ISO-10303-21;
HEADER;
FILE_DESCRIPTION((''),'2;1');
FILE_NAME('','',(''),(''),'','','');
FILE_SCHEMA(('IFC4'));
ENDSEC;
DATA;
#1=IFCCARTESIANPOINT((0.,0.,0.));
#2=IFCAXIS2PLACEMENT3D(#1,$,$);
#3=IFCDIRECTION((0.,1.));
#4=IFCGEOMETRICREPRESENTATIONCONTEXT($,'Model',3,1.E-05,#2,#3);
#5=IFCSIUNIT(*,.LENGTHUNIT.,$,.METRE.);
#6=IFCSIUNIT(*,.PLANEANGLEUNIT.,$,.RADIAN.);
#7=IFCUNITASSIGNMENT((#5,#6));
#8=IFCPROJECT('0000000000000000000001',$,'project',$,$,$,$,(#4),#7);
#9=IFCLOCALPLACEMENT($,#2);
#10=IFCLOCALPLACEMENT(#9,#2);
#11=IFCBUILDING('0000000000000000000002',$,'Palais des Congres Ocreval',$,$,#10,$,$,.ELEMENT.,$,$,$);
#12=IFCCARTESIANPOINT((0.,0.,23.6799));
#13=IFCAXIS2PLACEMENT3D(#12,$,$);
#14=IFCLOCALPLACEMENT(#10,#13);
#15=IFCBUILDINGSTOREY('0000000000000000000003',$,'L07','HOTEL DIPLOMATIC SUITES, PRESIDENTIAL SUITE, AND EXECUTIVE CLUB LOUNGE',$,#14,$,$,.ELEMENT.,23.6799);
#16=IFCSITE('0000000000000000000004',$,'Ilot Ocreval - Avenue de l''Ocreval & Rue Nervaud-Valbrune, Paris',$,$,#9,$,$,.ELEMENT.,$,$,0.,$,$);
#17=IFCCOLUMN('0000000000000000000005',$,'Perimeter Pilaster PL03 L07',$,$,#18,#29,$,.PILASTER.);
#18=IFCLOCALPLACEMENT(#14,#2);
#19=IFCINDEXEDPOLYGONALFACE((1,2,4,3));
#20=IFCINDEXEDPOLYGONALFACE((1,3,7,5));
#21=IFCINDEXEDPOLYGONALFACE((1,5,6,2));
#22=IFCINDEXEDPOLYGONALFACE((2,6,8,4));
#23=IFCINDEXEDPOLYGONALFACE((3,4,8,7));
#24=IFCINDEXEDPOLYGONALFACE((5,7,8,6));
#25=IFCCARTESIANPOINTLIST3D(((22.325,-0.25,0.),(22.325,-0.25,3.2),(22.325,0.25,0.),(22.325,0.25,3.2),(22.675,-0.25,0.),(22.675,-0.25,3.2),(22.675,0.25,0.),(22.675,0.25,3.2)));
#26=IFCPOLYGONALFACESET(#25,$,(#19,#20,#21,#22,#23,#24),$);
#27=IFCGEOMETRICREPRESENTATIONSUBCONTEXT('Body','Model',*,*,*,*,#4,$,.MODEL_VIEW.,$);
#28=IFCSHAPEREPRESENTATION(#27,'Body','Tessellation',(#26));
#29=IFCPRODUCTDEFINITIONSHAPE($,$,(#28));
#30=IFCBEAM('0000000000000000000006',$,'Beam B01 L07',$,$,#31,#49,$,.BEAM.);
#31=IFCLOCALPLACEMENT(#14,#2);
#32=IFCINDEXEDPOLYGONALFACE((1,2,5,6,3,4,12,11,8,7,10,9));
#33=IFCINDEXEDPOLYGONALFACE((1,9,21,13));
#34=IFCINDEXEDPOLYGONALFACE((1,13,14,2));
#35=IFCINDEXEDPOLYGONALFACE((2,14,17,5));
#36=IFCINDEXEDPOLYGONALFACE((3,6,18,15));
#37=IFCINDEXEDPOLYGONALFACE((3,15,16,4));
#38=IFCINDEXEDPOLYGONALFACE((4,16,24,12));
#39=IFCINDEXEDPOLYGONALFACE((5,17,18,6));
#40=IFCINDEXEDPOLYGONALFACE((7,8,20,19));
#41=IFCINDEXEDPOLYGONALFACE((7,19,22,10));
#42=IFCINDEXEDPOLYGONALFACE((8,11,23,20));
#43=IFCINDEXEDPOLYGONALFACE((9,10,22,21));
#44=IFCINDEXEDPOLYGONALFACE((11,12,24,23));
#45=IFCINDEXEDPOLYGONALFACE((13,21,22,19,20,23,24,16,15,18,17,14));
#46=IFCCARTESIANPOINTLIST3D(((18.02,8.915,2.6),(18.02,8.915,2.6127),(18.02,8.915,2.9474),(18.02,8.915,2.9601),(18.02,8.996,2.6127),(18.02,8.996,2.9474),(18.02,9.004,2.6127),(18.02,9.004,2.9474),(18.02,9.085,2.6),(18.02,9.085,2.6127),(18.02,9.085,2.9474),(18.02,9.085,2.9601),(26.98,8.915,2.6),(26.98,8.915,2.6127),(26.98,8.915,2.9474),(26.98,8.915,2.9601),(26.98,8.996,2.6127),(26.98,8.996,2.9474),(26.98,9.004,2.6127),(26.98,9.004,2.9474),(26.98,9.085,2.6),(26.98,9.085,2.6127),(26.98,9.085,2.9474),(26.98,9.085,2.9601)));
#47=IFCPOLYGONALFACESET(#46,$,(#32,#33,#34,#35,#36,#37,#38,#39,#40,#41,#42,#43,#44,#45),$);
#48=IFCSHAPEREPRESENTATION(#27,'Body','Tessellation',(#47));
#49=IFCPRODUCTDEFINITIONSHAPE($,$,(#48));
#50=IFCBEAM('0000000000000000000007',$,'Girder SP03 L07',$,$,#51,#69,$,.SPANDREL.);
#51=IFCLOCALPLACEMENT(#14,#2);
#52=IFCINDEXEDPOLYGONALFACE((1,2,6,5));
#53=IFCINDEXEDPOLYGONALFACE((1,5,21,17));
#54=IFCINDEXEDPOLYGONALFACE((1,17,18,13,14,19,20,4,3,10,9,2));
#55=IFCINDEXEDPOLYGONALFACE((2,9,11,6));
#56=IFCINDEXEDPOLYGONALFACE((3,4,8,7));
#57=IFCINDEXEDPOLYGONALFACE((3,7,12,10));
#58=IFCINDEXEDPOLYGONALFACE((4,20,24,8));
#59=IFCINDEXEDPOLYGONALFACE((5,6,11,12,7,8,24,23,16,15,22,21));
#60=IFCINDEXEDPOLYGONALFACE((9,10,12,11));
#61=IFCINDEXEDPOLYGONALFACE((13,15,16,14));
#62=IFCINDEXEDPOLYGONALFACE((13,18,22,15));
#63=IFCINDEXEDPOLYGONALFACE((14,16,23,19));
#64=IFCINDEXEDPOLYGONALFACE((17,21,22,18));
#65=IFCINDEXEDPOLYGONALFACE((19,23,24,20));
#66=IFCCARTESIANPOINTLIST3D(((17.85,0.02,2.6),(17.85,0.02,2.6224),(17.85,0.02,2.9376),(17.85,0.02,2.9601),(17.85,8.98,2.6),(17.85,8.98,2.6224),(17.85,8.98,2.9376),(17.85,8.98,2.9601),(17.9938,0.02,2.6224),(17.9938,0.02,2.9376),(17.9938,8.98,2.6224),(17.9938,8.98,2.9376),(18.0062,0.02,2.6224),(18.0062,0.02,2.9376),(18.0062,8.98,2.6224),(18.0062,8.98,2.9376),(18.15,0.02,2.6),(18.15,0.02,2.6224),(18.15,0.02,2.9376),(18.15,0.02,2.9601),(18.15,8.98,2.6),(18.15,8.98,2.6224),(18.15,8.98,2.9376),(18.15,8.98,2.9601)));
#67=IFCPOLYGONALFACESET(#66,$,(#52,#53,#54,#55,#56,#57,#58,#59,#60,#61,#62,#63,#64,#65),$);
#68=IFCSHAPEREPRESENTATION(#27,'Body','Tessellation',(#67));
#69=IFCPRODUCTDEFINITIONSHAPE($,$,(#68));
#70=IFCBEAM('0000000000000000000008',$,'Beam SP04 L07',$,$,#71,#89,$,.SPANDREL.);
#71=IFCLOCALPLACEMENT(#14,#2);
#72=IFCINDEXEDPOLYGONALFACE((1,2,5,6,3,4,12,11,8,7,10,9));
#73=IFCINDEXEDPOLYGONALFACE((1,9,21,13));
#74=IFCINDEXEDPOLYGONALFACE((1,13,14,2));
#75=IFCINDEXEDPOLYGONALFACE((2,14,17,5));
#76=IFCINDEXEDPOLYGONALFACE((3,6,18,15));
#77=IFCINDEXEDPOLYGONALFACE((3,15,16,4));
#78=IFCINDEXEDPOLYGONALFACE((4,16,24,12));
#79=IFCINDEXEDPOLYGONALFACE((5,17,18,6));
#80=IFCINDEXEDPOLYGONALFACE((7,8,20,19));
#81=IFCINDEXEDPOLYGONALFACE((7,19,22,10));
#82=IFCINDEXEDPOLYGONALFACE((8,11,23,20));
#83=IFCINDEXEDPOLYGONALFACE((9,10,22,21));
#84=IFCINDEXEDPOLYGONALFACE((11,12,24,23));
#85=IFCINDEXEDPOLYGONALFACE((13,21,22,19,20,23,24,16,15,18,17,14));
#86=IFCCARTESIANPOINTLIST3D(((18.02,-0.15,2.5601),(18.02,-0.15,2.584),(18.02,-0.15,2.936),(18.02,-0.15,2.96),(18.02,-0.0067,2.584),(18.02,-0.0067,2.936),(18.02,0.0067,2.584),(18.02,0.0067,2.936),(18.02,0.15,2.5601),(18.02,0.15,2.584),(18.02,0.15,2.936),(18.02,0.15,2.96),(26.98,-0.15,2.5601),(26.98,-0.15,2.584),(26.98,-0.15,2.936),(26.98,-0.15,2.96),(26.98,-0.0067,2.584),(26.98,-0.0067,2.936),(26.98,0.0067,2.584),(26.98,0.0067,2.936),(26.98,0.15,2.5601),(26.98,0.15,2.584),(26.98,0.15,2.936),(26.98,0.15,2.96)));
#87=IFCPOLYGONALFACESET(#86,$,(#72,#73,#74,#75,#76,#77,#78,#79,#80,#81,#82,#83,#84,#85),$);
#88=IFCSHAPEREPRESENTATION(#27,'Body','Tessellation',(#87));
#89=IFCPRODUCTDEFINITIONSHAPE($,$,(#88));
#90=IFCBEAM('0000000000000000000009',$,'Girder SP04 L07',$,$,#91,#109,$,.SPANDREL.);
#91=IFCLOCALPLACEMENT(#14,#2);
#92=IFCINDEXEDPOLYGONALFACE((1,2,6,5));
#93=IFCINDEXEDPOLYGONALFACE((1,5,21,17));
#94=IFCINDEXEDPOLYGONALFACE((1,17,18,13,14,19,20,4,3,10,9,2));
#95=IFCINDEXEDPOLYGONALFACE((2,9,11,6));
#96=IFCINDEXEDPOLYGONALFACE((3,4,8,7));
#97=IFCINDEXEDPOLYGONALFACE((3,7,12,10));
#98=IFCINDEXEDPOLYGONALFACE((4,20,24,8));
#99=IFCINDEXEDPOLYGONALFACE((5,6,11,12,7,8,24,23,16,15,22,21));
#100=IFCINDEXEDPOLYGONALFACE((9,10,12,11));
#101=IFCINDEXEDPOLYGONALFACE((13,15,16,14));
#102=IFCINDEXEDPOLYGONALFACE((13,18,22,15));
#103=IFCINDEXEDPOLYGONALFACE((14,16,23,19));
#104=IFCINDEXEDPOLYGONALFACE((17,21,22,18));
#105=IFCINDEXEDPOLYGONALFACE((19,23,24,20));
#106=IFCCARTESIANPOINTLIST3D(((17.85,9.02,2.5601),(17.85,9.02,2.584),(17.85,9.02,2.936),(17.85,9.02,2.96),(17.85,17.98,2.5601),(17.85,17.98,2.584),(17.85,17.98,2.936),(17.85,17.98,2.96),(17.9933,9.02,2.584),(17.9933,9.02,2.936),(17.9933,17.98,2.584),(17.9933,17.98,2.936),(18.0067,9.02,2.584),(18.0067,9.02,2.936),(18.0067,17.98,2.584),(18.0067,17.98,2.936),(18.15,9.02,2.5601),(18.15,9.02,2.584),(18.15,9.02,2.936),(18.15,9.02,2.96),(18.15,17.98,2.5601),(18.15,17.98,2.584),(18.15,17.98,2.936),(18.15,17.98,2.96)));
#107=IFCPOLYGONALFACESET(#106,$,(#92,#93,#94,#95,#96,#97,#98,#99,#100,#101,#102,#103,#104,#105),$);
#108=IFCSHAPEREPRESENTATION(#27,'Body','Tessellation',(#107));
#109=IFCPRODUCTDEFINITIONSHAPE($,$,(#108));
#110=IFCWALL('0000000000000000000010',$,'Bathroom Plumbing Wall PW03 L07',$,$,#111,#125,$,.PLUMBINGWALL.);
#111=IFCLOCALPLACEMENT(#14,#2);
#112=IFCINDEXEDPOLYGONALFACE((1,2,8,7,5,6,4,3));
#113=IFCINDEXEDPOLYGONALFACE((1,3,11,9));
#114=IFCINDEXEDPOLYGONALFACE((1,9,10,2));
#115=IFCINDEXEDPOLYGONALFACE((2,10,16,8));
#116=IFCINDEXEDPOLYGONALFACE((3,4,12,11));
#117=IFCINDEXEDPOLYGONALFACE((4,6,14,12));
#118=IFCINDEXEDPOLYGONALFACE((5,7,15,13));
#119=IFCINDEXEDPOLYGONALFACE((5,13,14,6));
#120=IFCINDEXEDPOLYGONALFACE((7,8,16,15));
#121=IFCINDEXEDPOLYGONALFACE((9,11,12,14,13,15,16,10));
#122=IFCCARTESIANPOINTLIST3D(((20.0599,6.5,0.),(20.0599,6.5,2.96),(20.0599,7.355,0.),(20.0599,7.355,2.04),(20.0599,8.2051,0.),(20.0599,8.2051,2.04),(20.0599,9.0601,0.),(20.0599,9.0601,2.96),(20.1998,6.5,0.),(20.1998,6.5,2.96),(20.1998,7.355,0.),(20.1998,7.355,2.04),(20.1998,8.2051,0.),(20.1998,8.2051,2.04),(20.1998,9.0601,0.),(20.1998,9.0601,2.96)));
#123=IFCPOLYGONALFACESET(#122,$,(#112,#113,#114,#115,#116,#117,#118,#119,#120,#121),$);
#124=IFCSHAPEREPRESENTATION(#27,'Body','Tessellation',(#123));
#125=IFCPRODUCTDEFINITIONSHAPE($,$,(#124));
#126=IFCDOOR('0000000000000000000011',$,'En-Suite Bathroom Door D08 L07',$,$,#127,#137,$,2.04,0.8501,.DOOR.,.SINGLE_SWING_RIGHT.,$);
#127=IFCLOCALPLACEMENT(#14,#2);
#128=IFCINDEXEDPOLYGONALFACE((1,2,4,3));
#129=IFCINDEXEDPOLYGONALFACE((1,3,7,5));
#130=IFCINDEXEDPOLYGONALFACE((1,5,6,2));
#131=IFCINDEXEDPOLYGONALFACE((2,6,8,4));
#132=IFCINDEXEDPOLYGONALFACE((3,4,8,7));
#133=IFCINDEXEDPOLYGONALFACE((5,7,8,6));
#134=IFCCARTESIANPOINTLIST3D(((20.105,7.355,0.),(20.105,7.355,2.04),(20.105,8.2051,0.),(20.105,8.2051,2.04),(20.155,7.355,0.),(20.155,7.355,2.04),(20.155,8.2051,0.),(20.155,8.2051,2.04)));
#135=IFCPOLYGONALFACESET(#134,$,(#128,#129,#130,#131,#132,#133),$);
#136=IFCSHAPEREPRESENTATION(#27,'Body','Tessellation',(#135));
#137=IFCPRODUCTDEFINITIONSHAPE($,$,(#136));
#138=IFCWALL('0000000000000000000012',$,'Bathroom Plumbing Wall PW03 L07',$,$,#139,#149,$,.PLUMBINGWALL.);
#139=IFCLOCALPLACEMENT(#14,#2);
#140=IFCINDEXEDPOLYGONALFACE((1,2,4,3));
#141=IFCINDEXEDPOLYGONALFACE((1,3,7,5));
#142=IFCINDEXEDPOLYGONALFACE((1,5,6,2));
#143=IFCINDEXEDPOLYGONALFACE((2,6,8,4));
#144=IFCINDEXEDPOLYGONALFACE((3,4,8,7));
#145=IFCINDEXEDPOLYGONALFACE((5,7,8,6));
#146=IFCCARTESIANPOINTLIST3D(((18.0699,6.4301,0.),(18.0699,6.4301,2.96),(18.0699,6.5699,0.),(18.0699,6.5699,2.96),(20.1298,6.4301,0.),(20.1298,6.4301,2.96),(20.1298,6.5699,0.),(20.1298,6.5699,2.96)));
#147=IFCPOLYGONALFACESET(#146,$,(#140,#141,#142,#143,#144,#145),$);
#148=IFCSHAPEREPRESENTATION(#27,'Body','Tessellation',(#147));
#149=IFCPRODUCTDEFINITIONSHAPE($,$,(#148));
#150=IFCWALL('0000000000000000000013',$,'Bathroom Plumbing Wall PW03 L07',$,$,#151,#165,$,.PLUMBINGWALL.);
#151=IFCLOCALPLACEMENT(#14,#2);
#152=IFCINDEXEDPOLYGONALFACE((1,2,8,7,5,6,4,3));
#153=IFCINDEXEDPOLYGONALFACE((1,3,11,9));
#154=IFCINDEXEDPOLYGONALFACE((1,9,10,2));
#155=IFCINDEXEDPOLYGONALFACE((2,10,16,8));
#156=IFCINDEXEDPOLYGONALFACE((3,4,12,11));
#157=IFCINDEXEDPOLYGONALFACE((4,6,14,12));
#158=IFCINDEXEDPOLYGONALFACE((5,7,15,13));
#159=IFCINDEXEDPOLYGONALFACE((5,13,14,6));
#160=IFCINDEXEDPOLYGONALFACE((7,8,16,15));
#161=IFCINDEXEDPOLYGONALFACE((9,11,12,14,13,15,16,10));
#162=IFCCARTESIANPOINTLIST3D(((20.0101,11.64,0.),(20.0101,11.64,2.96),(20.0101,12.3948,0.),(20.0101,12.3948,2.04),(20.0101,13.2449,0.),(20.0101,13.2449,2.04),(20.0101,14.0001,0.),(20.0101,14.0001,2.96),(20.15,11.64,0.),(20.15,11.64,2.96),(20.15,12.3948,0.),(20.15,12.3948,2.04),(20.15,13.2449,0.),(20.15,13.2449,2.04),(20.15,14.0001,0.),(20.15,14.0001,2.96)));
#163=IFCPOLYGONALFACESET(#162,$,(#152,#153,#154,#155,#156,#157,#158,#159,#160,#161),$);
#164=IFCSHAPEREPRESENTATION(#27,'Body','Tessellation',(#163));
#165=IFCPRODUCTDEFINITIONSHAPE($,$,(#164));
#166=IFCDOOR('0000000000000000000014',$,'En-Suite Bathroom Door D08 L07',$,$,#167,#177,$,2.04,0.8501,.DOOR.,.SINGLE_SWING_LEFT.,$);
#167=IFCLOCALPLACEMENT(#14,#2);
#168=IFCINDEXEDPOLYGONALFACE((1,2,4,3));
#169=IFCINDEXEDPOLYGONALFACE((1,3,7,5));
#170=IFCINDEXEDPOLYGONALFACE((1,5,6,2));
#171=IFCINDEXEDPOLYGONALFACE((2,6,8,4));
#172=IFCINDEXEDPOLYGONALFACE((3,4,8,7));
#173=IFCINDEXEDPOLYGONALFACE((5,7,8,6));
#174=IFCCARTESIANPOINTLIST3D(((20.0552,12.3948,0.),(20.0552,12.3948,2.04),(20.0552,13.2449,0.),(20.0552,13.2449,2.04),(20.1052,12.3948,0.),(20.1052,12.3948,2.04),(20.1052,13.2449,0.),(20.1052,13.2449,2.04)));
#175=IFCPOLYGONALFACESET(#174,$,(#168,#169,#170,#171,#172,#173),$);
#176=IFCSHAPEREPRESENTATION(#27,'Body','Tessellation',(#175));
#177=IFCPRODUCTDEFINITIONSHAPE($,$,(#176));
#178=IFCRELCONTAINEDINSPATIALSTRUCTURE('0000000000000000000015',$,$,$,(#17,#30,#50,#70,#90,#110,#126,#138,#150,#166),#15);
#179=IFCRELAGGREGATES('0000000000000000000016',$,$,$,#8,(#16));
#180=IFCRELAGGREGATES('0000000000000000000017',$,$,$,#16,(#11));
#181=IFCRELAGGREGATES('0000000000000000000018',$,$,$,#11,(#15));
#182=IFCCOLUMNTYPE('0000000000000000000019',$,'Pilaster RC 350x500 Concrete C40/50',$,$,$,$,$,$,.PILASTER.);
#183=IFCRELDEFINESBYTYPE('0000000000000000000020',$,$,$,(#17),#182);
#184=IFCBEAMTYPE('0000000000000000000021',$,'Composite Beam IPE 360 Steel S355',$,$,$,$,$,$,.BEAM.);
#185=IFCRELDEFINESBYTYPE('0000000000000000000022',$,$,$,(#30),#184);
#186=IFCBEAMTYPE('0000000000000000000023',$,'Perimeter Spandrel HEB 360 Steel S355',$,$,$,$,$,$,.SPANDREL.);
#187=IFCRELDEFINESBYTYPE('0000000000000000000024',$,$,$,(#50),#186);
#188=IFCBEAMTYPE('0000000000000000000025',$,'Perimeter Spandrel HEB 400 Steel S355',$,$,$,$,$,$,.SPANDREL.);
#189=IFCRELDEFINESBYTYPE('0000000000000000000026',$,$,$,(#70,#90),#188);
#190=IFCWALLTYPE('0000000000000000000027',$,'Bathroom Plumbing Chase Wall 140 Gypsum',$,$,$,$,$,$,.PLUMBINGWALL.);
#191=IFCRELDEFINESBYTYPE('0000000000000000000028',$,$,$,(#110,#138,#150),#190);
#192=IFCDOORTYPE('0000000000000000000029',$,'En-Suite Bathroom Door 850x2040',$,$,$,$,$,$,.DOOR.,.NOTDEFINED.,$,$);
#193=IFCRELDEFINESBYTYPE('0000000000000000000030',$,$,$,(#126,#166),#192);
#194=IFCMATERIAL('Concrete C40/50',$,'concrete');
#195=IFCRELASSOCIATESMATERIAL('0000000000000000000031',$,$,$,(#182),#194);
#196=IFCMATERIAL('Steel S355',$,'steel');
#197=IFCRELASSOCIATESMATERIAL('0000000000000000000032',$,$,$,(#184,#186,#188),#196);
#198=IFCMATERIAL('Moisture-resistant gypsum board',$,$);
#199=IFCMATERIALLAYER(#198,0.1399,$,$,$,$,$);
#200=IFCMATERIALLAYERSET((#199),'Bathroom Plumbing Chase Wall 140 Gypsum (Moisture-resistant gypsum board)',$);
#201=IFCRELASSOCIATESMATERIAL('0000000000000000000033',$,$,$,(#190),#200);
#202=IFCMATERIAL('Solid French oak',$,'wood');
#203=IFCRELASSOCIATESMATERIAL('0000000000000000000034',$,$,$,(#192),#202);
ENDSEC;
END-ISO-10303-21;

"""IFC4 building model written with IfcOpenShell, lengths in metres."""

from ifc_helpers import new_model, si_unit, direction, frame, frame_2d, origin, origin_2d, place, context, subcontext, project, spatial, rectangle, i_section, extrude, material, layer, layer_set, material_profile, profile_set, type_object, element, fill, save


model = new_model("IFC4")

# Units and contexts
model_context = context("Model", 3, precision=1e-05, world=origin(), true_north=direction((0.0, 1.0)))
body_context = subcontext(model_context, "Body", "Model", "MODEL_VIEW")
ifc_project = project(units=[si_unit("LENGTHUNIT", "METRE"), si_unit("PLANEANGLEUNIT", "RADIAN")], contexts=[model_context])

# Site, building, storey
site_placement = place(None, origin())
site = spatial("IfcSite", under=ifc_project, at=site_placement, Name="Ilot Ocreval - Avenue de l'Ocreval & Rue Nervaud-Valbrune, Paris", CompositionType="ELEMENT", RefElevation=0.0)
building_placement = place(site_placement, origin())
building = spatial("IfcBuilding", under=site, at=building_placement, Name="Palais des Congres Ocreval", CompositionType="ELEMENT")
storey_placement = place(building_placement, frame((0.0, 0.0, 23.6799)))
storey = spatial("IfcBuildingStorey", under=building, at=storey_placement, Name="L07", Description="HOTEL DIPLOMATIC SUITES, PRESIDENTIAL SUITE, AND EXECUTIVE CLUB LOUNGE", CompositionType="ELEMENT", Elevation=23.6799)

# Column
ifc_material_1 = material(Name="Concrete C40/50", Category="concrete")
ifc_material_profile_1 = material_profile(ifc_material_1, rectangle(XDim=0.3501, YDim=0.5, at=origin_2d()), Name="RC 350x500")
ifc_profile_set_1 = profile_set([ifc_material_profile_1], Name="Concrete C40/50")
column_type = type_object("IfcColumnType", Name="Pilaster RC 350x500 Concrete C40/50", PredefinedType="PILASTER", material=ifc_profile_set_1)
column_placement = place(storey_placement, frame((22.5, 0.0, 0.0), z_axis=(0.0, 0.0, 1.0), x_axis=(1.0, 0.0, 0.0)))
element("IfcColumn", 1, at=column_placement, inside=storey, type_object=column_type, Name="Perimeter Pilaster PL03 L07", PredefinedType="PILASTER", context=body_context, shape_type="SweptSolid", body=[
    extrude(rectangle(XDim=0.3501, YDim=0.5, at=origin_2d()), origin(), (0.0, 0.0, 1.0), 3.2),
])

# Beams
ifc_material_2 = material(Name="Steel S355", Category="steel")
ifc_material_profile_2 = material_profile(ifc_material_2, i_section(OverallWidth=0.1699, OverallDepth=0.3601, WebThickness=0.0081, FlangeThickness=0.0127, at=origin_2d()), Name="IPE 360")
ifc_profile_set_2 = profile_set([ifc_material_profile_2], Name="Steel S355")
beam_type_1 = type_object("IfcBeamType", Name="Composite Beam IPE 360 Steel S355", PredefinedType="BEAM", material=ifc_profile_set_2)
beam_1_placement = place(storey_placement, frame((18.02, 9.0, 2.78), z_axis=(1.0, 0.0, 0.0), x_axis=(0.0, 1.0, 0.0)))
element("IfcBeam", 2, at=beam_1_placement, inside=storey, type_object=beam_type_1, Name="Beam B01 L07", PredefinedType="BEAM", context=body_context, shape_type="SweptSolid", body=[
    extrude(i_section(OverallWidth=0.1699, OverallDepth=0.3601, WebThickness=0.0081, FlangeThickness=0.0127, at=origin_2d()), origin(), (0.0, 0.0, 1.0), 8.96),
])
ifc_material_profile_3 = material_profile(ifc_material_2, i_section(OverallWidth=0.3, OverallDepth=0.3601, WebThickness=0.0125, FlangeThickness=0.0225, at=origin_2d()), Name="HEB 360")
ifc_profile_set_3 = profile_set([ifc_material_profile_3], Name="Steel S355")
beam_type_2 = type_object("IfcBeamType", Name="Perimeter Spandrel HEB 360 Steel S355", PredefinedType="SPANDREL", material=ifc_profile_set_3)
beam_2_placement = place(storey_placement, frame((18.0, 0.02, 2.78), z_axis=(0.0, 1.0, 0.0), x_axis=(-1.0, 0.0, 0.0)))
element("IfcBeam", 3, at=beam_2_placement, inside=storey, type_object=beam_type_2, Name="Girder SP03 L07", PredefinedType="SPANDREL", context=body_context, shape_type="SweptSolid", body=[
    extrude(i_section(OverallWidth=0.3, OverallDepth=0.3601, WebThickness=0.0125, FlangeThickness=0.0225, at=origin_2d()), origin(), (0.0, 0.0, 1.0), 8.96),
])
ifc_material_profile_4 = material_profile(ifc_material_2, i_section(OverallWidth=0.3, OverallDepth=0.3999, WebThickness=0.0134, FlangeThickness=0.0239, at=origin_2d()), Name="HEB 400")
ifc_profile_set_4 = profile_set([ifc_material_profile_4], Name="Steel S355")
beam_type_3 = type_object("IfcBeamType", Name="Perimeter Spandrel HEB 400 Steel S355", PredefinedType="SPANDREL", material=ifc_profile_set_4)
for number, where, z_axis, x_axis, name in (
    (4, (18.02, 0.0, 2.76), (1.0, 0.0, 0.0), (0.0, 1.0, 0.0), "Beam SP04 L07"),
    (5, (18.0, 9.02, 2.76), (0.0, 1.0, 0.0), (-1.0, 0.0, 0.0), "Girder SP04 L07"),
):
    element("IfcBeam", number, at=place(storey_placement, frame(where, z_axis=z_axis, x_axis=x_axis)), inside=storey, type_object=beam_type_3, Name=name, PredefinedType="SPANDREL", context=body_context, shape_type="SweptSolid", body=[
        extrude(i_section(OverallWidth=0.3, OverallDepth=0.3999, WebThickness=0.0134, FlangeThickness=0.0239, at=origin_2d()), origin(), (0.0, 0.0, 1.0), 8.96),
    ])

# Wall, opening, door
ifc_material_3 = material(Name="Moisture-resistant gypsum board")
ifc_layer_1 = layer(ifc_material_3, 0.1399)
ifc_layer_set_1 = layer_set([ifc_layer_1], Name="Bathroom Plumbing Chase Wall 140 Gypsum (Moisture-resistant gypsum board)")
wall_type_1 = type_object("IfcWallType", Name="Bathroom Plumbing Chase Wall 140 Gypsum", PredefinedType="PLUMBINGWALL", material=ifc_layer_set_1)
wall_1_placement = place(storey_placement, frame((20.1299, 6.5, 0.0), z_axis=(0.0, 0.0, 1.0), x_axis=(0.0, 1.0, 0.0)))
wall_1 = element("IfcWall", 6, at=wall_1_placement, inside=storey, type_object=wall_type_1, Name="Bathroom Plumbing Wall PW03 L07", PredefinedType="PLUMBINGWALL", context=body_context, shape_type="SweptSolid", body=[
    extrude(rectangle(XDim=2.5601, YDim=0.1399, at=frame_2d((1.28, 0.0))), origin(), (0.0, 0.0, 1.0), 2.96),
])
opening_1_placement = place(wall_1_placement, frame((0.855, 0.0, 0.0)))
opening_1 = element("IfcOpeningElement", 7, at=opening_1_placement, cuts=wall_1, PredefinedType="OPENING", context=body_context, shape_type="SweptSolid", body=[
    extrude(rectangle(XDim=0.8501, YDim=2.04, at=frame_2d((0.425, 1.02))), frame((0.0, 0.0798, 0.0), z_axis=(0.0, -1.0, 0.0), x_axis=(1.0, 0.0, 0.0)), (0.0, 0.0, 1.0), 0.1599),
])
ifc_material_4 = material(Name="Solid French oak", Category="wood")
door_type_1 = type_object("IfcDoorType", Name="En-Suite Bathroom Door 850x2040", OperationType="NOTDEFINED", PredefinedType="DOOR", material=ifc_material_4)
door_1_placement = place(opening_1_placement, origin())
door_1 = element("IfcDoor", 8, at=door_1_placement, inside=storey, type_object=door_type_1, Name="En-Suite Bathroom Door D08 L07", OperationType="SINGLE_SWING_RIGHT", OverallHeight=2.04, OverallWidth=0.8501, PredefinedType="DOOR", context=body_context, shape_type="SweptSolid", body=[
    extrude(rectangle(XDim=0.8501, YDim=2.04, at=frame_2d((0.425, 1.02))), frame((0.0, 0.0249, 0.0), z_axis=(0.0, -1.0, 0.0), x_axis=(1.0, 0.0, 0.0)), (0.0, 0.0, 1.0), 0.05),
])
fill(opening_1, door_1)

# Wall
wall_2_placement = place(storey_placement, frame((18.0701, 6.5, 0.0), z_axis=(0.0, 0.0, 1.0), x_axis=(1.0, 0.0, 0.0)))
element("IfcWall", 9, at=wall_2_placement, inside=storey, type_object=wall_type_1, Name="Bathroom Plumbing Wall PW03 L07", PredefinedType="PLUMBINGWALL", context=body_context, shape_type="SweptSolid", body=[
    extrude(rectangle(XDim=2.0598, YDim=0.1399, at=frame_2d((1.0298, 0.0))), origin(), (0.0, 0.0, 1.0), 2.96),
])

# Wall, opening, door
wall_3_placement = place(storey_placement, frame((20.0801, 11.6399, 0.0), z_axis=(0.0, 0.0, 1.0), x_axis=(0.0, 1.0, 0.0)))
wall_3 = element("IfcWall", 10, at=wall_3_placement, inside=storey, type_object=wall_type_1, Name="Bathroom Plumbing Wall PW03 L07", PredefinedType="PLUMBINGWALL", context=body_context, shape_type="SweptSolid", body=[
    extrude(rectangle(XDim=2.3601, YDim=0.1399, at=frame_2d((1.1802, 0.0))), origin(), (0.0, 0.0, 1.0), 2.96),
])
opening_2_placement = place(wall_3_placement, frame((0.7549, 0.0, 0.0)))
opening_2 = element("IfcOpeningElement", 11, at=opening_2_placement, cuts=wall_3, PredefinedType="OPENING", context=body_context, shape_type="SweptSolid", body=[
    extrude(rectangle(XDim=0.8501, YDim=2.04, at=frame_2d((0.425, 1.02))), frame((0.0, 0.0798, 0.0), z_axis=(0.0, -1.0, 0.0), x_axis=(1.0, 0.0, 0.0)), (0.0, 0.0, 1.0), 0.1599),
])
door_2_placement = place(opening_2_placement, origin())
door_2 = element("IfcDoor", 12, at=door_2_placement, inside=storey, type_object=door_type_1, Name="En-Suite Bathroom Door D08 L07", OperationType="SINGLE_SWING_LEFT", OverallHeight=2.04, OverallWidth=0.8501, PredefinedType="DOOR", context=body_context, shape_type="SweptSolid", body=[
    extrude(rectangle(XDim=0.8501, YDim=2.04, at=frame_2d((0.425, 1.02))), frame((0.0, 0.0249, 0.0), z_axis=(0.0, -1.0, 0.0), x_axis=(1.0, 0.0, 0.0)), (0.0, 0.0, 1.0), 0.05),
])
fill(opening_2, door_2)

save(model, "model.ifc")
